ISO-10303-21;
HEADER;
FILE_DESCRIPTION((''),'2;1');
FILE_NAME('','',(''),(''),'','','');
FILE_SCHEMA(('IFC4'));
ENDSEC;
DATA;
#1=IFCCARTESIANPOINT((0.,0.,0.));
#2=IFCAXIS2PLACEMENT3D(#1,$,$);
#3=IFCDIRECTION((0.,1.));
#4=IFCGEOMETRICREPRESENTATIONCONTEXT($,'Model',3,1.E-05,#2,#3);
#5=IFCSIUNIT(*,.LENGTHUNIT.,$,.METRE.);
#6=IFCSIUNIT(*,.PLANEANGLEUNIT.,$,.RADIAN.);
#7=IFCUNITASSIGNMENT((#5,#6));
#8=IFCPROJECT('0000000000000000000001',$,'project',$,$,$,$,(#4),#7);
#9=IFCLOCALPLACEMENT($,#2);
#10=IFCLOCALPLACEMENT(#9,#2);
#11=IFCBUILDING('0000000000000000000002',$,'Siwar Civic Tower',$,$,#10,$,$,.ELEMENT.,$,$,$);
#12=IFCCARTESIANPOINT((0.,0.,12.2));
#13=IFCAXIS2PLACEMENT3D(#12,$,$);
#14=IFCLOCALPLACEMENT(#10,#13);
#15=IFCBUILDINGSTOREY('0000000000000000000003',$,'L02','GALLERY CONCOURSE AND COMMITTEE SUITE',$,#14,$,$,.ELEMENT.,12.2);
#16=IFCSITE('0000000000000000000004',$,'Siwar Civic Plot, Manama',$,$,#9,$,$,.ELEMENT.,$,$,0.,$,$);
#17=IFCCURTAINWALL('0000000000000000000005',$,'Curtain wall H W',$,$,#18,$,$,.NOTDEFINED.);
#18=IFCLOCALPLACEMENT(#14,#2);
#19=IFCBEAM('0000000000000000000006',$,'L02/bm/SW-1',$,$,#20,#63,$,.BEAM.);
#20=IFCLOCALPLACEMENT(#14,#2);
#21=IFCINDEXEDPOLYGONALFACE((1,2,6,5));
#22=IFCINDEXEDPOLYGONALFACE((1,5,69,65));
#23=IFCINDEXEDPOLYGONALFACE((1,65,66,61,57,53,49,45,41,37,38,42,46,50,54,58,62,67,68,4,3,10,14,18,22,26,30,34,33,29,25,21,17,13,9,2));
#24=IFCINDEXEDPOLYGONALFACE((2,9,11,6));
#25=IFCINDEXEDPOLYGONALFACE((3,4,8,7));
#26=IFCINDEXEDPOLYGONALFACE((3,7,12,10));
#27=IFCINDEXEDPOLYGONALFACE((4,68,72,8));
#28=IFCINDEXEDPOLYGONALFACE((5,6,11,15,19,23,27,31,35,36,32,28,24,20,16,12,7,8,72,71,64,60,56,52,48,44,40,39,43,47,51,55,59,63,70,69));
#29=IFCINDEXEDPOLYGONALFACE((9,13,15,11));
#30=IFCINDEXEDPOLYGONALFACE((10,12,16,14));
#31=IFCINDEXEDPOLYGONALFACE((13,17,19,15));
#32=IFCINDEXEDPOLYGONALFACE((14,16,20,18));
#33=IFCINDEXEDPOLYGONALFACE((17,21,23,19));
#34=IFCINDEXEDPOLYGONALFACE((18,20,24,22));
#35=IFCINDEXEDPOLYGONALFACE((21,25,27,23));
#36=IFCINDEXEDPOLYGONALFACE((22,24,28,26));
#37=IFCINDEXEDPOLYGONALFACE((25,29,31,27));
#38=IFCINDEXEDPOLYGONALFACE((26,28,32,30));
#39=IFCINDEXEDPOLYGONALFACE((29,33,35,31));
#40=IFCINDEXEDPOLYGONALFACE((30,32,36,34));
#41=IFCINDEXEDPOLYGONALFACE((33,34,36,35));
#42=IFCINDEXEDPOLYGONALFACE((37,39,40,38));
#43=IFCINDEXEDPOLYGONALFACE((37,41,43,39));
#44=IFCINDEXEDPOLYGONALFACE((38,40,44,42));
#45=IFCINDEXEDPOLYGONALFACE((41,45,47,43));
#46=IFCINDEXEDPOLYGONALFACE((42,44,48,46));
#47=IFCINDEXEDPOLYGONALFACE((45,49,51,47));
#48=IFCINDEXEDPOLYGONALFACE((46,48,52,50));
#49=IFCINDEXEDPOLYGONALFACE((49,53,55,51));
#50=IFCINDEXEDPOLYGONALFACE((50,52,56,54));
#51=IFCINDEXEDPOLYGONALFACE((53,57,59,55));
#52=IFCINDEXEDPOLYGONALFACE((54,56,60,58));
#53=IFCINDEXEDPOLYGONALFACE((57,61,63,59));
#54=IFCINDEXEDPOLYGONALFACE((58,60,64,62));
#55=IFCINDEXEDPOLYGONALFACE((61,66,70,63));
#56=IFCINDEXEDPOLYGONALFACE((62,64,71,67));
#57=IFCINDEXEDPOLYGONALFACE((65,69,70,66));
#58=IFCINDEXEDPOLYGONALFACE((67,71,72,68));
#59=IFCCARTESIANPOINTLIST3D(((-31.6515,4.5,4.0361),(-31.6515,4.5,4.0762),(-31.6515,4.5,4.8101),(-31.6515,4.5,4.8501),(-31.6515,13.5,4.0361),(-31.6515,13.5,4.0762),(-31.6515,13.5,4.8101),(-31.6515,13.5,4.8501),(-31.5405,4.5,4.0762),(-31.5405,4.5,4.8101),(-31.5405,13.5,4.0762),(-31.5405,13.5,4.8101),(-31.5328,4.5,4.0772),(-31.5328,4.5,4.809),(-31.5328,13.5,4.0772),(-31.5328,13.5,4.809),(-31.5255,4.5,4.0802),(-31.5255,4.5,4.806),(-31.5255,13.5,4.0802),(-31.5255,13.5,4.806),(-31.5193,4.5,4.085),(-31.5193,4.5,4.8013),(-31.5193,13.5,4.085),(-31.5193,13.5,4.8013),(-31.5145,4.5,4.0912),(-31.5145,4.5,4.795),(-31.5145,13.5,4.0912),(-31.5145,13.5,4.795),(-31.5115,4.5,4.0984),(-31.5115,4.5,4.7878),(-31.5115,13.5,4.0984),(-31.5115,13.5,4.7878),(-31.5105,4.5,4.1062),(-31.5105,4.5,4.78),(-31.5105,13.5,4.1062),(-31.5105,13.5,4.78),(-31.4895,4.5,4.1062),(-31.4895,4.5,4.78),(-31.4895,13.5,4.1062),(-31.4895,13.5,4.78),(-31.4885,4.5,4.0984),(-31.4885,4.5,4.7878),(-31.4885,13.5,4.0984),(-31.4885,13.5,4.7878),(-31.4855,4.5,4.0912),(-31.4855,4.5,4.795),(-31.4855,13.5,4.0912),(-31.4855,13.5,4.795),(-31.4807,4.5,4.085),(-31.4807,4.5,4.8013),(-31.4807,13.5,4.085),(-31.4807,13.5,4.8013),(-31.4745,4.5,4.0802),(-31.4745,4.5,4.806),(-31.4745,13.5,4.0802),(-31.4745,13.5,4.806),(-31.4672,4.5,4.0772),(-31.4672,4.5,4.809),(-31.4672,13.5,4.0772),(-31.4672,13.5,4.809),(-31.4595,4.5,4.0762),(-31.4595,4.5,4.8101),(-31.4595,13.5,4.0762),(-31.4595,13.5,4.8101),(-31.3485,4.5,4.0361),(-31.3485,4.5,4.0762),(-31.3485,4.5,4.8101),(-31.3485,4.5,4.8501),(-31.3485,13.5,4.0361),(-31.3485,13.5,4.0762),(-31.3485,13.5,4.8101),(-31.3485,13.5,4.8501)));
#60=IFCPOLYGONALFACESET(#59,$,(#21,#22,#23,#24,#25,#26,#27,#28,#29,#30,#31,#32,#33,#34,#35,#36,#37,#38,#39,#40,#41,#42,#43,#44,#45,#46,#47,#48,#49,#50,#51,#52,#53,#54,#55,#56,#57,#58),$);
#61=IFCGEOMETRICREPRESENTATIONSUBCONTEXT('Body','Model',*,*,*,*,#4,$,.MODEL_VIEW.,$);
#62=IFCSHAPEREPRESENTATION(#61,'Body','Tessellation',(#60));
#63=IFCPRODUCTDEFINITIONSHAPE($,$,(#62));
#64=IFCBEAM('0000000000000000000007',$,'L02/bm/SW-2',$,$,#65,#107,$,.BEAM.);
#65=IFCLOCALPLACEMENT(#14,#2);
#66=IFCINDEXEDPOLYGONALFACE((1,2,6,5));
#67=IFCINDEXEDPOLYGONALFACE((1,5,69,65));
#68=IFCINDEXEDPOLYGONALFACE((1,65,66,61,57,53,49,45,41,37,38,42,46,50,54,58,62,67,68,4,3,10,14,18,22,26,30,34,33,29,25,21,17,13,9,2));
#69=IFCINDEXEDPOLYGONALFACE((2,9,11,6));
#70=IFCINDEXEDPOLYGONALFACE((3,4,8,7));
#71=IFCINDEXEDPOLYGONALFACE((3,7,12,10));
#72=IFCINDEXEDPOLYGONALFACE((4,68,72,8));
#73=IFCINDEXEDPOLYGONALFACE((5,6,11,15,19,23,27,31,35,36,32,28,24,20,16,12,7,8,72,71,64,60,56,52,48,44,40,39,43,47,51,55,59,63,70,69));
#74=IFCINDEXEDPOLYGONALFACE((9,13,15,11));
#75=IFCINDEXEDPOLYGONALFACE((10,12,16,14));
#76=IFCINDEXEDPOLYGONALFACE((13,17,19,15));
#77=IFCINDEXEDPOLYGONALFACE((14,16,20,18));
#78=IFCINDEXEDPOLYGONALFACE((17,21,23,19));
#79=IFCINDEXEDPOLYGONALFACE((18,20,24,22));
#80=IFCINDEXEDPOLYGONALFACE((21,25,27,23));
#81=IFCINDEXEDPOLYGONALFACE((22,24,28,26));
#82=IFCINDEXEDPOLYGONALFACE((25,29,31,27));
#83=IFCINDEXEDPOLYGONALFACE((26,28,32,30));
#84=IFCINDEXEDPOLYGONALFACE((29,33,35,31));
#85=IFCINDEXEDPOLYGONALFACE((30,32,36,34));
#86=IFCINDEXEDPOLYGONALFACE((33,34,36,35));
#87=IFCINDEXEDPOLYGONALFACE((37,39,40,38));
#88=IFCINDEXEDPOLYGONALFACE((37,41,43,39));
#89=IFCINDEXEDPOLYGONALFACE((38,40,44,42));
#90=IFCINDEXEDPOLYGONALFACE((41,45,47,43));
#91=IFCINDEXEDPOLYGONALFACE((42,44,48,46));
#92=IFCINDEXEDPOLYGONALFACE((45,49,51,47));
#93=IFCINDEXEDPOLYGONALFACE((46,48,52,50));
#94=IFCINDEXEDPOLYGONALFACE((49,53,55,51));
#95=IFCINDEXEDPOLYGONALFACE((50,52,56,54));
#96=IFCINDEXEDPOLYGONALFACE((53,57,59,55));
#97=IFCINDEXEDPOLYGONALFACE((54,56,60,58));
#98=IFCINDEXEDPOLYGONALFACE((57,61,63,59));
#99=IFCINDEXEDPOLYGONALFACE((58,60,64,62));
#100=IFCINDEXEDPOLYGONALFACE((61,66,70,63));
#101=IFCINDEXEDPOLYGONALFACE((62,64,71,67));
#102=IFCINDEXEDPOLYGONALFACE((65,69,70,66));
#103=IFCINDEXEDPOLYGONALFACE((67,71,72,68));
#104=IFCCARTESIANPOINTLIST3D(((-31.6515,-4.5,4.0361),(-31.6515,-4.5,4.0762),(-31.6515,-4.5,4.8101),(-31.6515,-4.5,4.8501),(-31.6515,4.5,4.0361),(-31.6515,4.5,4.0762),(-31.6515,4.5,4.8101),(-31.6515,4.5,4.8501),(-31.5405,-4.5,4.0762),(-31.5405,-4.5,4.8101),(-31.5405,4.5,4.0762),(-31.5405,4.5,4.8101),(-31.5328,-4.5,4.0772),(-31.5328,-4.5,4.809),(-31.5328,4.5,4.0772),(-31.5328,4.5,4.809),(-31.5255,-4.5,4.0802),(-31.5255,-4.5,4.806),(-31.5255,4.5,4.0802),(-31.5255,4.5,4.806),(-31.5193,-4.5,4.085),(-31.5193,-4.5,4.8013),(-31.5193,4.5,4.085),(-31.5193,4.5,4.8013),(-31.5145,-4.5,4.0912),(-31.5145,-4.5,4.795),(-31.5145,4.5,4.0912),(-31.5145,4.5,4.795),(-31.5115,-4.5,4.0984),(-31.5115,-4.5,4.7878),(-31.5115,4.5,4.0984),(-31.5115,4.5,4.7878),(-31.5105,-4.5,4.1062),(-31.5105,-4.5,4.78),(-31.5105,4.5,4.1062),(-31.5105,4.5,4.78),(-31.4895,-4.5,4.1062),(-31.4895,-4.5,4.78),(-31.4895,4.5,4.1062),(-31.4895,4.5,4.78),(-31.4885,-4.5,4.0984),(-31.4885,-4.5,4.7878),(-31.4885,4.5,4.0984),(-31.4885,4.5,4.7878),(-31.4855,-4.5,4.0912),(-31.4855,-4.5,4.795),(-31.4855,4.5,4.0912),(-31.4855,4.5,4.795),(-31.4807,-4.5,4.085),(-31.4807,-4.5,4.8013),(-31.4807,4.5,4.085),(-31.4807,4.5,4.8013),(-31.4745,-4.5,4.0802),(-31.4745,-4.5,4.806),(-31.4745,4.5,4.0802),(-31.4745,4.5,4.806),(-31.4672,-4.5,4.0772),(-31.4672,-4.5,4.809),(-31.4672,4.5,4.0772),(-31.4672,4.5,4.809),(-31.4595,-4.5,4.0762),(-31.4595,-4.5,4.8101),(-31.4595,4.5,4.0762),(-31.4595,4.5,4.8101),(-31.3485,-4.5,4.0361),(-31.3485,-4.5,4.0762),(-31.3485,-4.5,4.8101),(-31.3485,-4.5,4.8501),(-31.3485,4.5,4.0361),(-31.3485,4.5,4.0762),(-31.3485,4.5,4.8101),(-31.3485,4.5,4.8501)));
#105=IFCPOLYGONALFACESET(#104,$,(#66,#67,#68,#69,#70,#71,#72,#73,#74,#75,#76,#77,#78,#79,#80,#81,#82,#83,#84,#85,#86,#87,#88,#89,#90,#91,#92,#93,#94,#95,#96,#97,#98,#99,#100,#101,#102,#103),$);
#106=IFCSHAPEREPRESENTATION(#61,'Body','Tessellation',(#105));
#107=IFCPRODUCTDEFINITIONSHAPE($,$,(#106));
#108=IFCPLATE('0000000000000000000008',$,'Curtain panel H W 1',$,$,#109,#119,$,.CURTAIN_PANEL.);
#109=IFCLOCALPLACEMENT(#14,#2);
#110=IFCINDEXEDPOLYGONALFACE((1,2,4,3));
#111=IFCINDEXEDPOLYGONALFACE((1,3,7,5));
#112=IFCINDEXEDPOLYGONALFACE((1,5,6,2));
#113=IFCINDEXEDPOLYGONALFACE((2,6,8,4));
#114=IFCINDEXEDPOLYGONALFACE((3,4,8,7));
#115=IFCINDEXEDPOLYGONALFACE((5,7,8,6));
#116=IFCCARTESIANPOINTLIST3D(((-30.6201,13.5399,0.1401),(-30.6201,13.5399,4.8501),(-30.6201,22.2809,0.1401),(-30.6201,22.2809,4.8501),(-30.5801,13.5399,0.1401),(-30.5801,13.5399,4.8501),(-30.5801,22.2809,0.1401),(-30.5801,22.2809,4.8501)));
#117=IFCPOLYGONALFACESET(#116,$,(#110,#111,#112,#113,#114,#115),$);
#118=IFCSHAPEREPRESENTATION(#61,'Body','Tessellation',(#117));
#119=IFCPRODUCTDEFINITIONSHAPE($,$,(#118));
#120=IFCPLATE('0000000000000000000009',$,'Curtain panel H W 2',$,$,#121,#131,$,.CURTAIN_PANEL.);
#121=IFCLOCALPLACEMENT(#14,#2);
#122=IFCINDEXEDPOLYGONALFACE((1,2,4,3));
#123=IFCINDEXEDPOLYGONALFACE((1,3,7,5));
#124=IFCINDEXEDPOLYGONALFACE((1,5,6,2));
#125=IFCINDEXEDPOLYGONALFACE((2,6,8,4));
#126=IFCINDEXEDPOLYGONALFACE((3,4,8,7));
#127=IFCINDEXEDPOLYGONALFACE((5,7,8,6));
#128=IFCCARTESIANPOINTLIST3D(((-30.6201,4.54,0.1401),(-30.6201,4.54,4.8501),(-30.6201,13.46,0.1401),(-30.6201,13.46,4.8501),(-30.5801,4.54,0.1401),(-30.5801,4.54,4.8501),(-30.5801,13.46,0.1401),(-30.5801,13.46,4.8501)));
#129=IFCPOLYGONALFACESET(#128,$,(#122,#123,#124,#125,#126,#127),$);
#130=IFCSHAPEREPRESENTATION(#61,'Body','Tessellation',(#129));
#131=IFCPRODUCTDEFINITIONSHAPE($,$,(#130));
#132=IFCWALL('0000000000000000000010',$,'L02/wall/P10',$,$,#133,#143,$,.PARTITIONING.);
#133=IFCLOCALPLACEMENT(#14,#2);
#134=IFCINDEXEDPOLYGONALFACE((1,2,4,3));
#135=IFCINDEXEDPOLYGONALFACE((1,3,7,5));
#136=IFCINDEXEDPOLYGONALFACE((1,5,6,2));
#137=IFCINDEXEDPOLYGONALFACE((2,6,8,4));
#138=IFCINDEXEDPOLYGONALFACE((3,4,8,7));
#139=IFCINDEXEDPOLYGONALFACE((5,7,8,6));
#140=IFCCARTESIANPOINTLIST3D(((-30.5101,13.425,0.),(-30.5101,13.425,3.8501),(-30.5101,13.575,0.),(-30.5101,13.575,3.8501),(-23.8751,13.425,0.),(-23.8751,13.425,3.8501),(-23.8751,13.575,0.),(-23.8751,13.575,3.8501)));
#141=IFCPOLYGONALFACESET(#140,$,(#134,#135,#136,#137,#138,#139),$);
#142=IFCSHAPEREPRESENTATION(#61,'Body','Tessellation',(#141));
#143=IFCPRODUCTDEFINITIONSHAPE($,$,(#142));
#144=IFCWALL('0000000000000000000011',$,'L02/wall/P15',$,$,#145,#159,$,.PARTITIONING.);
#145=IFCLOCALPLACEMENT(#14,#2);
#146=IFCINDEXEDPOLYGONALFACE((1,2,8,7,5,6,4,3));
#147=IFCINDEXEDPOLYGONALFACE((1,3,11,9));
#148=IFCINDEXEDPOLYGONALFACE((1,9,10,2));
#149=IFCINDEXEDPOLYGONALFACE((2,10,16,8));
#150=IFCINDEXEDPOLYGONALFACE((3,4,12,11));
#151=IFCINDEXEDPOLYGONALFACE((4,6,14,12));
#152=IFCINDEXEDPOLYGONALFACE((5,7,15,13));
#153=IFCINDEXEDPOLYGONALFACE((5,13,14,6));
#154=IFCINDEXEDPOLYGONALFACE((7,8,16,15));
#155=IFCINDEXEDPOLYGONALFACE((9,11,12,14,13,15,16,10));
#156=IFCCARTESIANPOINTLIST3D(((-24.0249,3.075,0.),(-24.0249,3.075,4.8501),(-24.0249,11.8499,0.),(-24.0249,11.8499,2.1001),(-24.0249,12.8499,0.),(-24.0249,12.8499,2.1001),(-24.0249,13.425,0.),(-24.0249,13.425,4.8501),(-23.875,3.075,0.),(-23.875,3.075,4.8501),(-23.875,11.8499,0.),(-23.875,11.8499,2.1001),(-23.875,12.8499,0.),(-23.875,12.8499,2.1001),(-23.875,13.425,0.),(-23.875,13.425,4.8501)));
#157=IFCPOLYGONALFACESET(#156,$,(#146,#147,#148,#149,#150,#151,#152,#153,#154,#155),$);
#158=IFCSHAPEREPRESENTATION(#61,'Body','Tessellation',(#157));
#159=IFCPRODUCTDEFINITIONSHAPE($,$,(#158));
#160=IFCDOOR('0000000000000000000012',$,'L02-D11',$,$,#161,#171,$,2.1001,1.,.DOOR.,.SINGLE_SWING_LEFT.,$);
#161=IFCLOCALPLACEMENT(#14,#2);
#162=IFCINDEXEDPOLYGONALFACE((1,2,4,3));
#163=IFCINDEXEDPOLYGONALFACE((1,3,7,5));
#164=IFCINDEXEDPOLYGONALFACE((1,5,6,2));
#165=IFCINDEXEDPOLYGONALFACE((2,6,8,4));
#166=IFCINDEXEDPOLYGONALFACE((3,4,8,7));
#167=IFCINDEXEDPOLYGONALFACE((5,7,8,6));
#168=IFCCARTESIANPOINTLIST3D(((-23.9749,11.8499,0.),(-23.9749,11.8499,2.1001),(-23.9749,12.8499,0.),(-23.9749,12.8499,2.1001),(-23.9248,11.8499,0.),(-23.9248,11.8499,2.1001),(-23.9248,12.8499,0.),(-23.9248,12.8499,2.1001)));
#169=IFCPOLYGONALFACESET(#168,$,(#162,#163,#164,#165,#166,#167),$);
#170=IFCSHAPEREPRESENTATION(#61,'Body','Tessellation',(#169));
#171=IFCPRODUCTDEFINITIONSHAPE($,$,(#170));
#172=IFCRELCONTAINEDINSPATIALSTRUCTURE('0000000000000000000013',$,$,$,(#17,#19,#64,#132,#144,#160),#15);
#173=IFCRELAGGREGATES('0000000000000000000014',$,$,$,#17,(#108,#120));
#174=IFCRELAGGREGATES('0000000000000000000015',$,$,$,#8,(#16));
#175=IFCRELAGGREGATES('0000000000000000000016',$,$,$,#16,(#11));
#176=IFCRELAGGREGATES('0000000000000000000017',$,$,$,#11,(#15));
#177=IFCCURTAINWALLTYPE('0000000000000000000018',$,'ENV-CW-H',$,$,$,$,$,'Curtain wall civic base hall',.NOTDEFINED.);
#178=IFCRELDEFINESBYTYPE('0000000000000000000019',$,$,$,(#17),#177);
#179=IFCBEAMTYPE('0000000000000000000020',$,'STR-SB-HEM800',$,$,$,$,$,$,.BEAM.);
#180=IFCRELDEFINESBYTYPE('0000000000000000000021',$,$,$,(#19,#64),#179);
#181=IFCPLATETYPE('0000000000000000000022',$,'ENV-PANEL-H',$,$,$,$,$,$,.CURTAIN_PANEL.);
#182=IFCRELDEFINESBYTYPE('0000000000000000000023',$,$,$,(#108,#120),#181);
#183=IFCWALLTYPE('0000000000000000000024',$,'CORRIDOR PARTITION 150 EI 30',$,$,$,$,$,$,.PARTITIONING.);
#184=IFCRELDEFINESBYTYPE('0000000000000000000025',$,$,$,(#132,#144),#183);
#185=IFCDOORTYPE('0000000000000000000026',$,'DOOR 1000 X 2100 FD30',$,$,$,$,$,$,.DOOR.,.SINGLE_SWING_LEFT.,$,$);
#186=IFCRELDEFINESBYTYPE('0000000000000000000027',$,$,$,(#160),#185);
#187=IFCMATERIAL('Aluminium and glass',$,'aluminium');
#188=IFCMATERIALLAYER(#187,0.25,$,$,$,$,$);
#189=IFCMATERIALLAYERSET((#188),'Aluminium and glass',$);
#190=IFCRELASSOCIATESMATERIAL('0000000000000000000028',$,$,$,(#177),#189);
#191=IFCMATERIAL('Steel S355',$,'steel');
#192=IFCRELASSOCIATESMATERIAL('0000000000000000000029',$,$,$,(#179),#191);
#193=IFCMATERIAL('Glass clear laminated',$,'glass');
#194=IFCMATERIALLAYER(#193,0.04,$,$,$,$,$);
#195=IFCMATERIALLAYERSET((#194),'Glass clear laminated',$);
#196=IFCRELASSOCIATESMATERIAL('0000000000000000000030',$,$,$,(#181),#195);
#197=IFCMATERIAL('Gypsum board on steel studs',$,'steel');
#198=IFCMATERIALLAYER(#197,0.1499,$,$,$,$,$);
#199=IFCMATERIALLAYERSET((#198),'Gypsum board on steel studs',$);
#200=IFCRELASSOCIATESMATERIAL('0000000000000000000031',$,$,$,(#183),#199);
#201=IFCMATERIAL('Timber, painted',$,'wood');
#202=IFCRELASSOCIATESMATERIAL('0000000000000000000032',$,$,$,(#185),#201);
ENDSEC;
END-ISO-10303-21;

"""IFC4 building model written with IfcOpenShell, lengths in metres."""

from ifc_helpers import new_model, si_unit, direction, frame, frame_2d, origin, origin_2d, place, context, subcontext, project, spatial, rectangle, i_section, extrude, material, layer, layer_set, material_profile, profile_set, type_object, element, fill, aggregate, save


model = new_model("IFC4")

# Units and contexts
model_context = context("Model", 3, precision=1e-05, world=origin(), true_north=direction((0.0, 1.0)))
body_context = subcontext(model_context, "Body", "Model", "MODEL_VIEW")
ifc_project = project(units=[si_unit("LENGTHUNIT", "METRE"), si_unit("PLANEANGLEUNIT", "RADIAN")], contexts=[model_context])

# Site, building, storey
site_placement = place(None, origin())
site = spatial("IfcSite", under=ifc_project, at=site_placement, Name="Siwar Civic Plot, Manama", CompositionType="ELEMENT", RefElevation=0.0)
building_placement = place(site_placement, origin())
building = spatial("IfcBuilding", under=site, at=building_placement, Name="Siwar Civic Tower", CompositionType="ELEMENT")
storey_placement = place(building_placement, frame((0.0, 0.0, 12.2)))
storey = spatial("IfcBuildingStorey", under=building, at=storey_placement, Name="L02", Description="GALLERY CONCOURSE AND COMMITTEE SUITE", CompositionType="ELEMENT", Elevation=12.2)

# Curtain wall
ifc_material_1 = material(Name="Aluminium and glass", Category="aluminium")
ifc_layer_1 = layer(ifc_material_1, 0.25)
ifc_layer_set_1 = layer_set([ifc_layer_1], Name="Aluminium and glass")
curtain_wall_type = type_object("IfcCurtainWallType", Name="ENV-CW-H", ElementType="Curtain wall civic base hall", PredefinedType="NOTDEFINED", material=ifc_layer_set_1)
curtain_wall_placement = place(storey_placement, origin())
curtain_wall = element("IfcCurtainWall", 1, at=curtain_wall_placement, inside=storey, type_object=curtain_wall_type, Name="Curtain wall H W", PredefinedType="NOTDEFINED")

# Beams
ifc_material_2 = material(Name="Steel S355", Category="steel")
ifc_material_profile_1 = material_profile(ifc_material_2, i_section(OverallWidth=0.303, OverallDepth=0.814, WebThickness=0.021, FlangeThickness=0.04, FilletRadius=0.03, at=origin_2d()), Name="HEM800")
ifc_profile_set_1 = profile_set([ifc_material_profile_1], Name="Steel S355")
beam_type_1 = type_object("IfcBeamType", Name="STR-SB-HEM800", PredefinedType="BEAM", material=ifc_profile_set_1)
for number, where, z_axis, x_axis, name in (
    (2, (-31.5, 13.5, 4.4431), (0.0, -1.0, 0.0), (1.0, 0.0, 0.0), "L02/bm/SW-1"),
    (3, (-31.5, 4.5, 4.4431), (0.0, -1.0, 0.0), (1.0, 0.0, 0.0), "L02/bm/SW-2"),
):
    element("IfcBeam", number, at=place(storey_placement, frame(where, z_axis=z_axis, x_axis=x_axis)), inside=storey, type_object=beam_type_1, Name=name, PredefinedType="BEAM", context=body_context, shape_type="SweptSolid", body=[
        extrude(i_section(OverallWidth=0.303, OverallDepth=0.814, WebThickness=0.021, FlangeThickness=0.04, FilletRadius=0.03, at=origin_2d()), origin(), (0.0, 0.0, 1.0), 9.0),
    ])

# Plates
ifc_material_3 = material(Name="Glass clear laminated", Category="glass")
ifc_layer_2 = layer(ifc_material_3, 0.04)
ifc_layer_set_2 = layer_set([ifc_layer_2], Name="Glass clear laminated")
plate_type = type_object("IfcPlateType", Name="ENV-PANEL-H", PredefinedType="CURTAIN_PANEL", material=ifc_layer_set_2)
plate_1_placement = place(storey_placement, frame((-30.6001, 17.9104, 0.1401), z_axis=(0.0, 0.0, 1.0), x_axis=(0.0, -1.0, 0.0)))
plate_1 = element("IfcPlate", 4, at=plate_1_placement, type_object=plate_type, Name="Curtain panel H W 1", PredefinedType="CURTAIN_PANEL", context=body_context, shape_type="SweptSolid", body=[
    extrude(rectangle(XDim=8.741, YDim=0.04, at=origin_2d()), origin(), (0.0, 0.0, 1.0), 4.71),
])
plate_2_placement = place(storey_placement, frame((-30.6001, 9.0, 0.1401), z_axis=(0.0, 0.0, 1.0), x_axis=(0.0, -1.0, 0.0)))
plate_2 = element("IfcPlate", 5, at=plate_2_placement, type_object=plate_type, Name="Curtain panel H W 2", PredefinedType="CURTAIN_PANEL", context=body_context, shape_type="SweptSolid", body=[
    extrude(rectangle(XDim=8.9199, YDim=0.04, at=origin_2d()), origin(), (0.0, 0.0, 1.0), 4.71),
])
aggregate(curtain_wall, [plate_1, plate_2])

# Wall
ifc_material_4 = material(Name="Gypsum board on steel studs", Category="steel")
ifc_layer_3 = layer(ifc_material_4, 0.1499)
ifc_layer_set_3 = layer_set([ifc_layer_3], Name="Gypsum board on steel studs")
wall_type_1 = type_object("IfcWallType", Name="CORRIDOR PARTITION 150 EI 30", PredefinedType="PARTITIONING", material=ifc_layer_set_3)
wall_1_placement = place(storey_placement, frame((-30.51, 13.5, 0.0), z_axis=(0.0, 0.0, 1.0), x_axis=(1.0, 0.0, 0.0)))
element("IfcWall", 6, at=wall_1_placement, inside=storey, type_object=wall_type_1, Name="L02/wall/P10", PredefinedType="PARTITIONING", context=body_context, shape_type="SweptSolid", body=[
    extrude(rectangle(XDim=6.635, YDim=0.1499, at=frame_2d((3.3174, 0.0))), origin(), (0.0, 0.0, 1.0), 3.8501),
])

# Wall, opening, door
wall_2_placement = place(storey_placement, frame((-23.95, 3.075, 0.0), z_axis=(0.0, 0.0, 1.0), x_axis=(0.0, 1.0, 0.0)))
wall_2 = element("IfcWall", 7, at=wall_2_placement, inside=storey, type_object=wall_type_1, Name="L02/wall/P15", PredefinedType="PARTITIONING", context=body_context, shape_type="SweptSolid", body=[
    extrude(rectangle(XDim=10.3501, YDim=0.1499, at=frame_2d((5.175, 0.0))), origin(), (0.0, 0.0, 1.0), 4.8501),
])
opening_1_placement = place(wall_2_placement, frame((8.7749, 0.0, 0.0)))
opening_1 = element("IfcOpeningElement", 8, at=opening_1_placement, cuts=wall_2, PredefinedType="OPENING", context=body_context, shape_type="SweptSolid", body=[
    extrude(rectangle(XDim=1.0, YDim=2.1001, at=frame_2d((0.5, 1.05))), frame((0.0, 0.085, 0.0), z_axis=(0.0, -1.0, 0.0), x_axis=(1.0, 0.0, 0.0)), (0.0, 0.0, 1.0), 0.1699),
])
ifc_material_5 = material(Name="Timber, painted", Category="wood")
door_type_1 = type_object("IfcDoorType", Name="DOOR 1000 X 2100 FD30", OperationType="SINGLE_SWING_LEFT", PredefinedType="DOOR", material=ifc_material_5)
door_1_placement = place(opening_1_placement, origin())
door_1 = element("IfcDoor", 9, at=door_1_placement, inside=storey, type_object=door_type_1, Name="L02-D11", OperationType="SINGLE_SWING_LEFT", OverallHeight=2.1001, OverallWidth=1.0, PredefinedType="DOOR", context=body_context, shape_type="SweptSolid", body=[
    extrude(rectangle(XDim=1.0, YDim=2.1001, at=frame_2d((0.5, 1.05))), frame((0.0, 0.0249, 0.0), z_axis=(0.0, -1.0, 0.0), x_axis=(1.0, 0.0, 0.0)), (0.0, 0.0, 1.0), 0.05),
])
fill(opening_1, door_1)

save(model, "model.ifc")
